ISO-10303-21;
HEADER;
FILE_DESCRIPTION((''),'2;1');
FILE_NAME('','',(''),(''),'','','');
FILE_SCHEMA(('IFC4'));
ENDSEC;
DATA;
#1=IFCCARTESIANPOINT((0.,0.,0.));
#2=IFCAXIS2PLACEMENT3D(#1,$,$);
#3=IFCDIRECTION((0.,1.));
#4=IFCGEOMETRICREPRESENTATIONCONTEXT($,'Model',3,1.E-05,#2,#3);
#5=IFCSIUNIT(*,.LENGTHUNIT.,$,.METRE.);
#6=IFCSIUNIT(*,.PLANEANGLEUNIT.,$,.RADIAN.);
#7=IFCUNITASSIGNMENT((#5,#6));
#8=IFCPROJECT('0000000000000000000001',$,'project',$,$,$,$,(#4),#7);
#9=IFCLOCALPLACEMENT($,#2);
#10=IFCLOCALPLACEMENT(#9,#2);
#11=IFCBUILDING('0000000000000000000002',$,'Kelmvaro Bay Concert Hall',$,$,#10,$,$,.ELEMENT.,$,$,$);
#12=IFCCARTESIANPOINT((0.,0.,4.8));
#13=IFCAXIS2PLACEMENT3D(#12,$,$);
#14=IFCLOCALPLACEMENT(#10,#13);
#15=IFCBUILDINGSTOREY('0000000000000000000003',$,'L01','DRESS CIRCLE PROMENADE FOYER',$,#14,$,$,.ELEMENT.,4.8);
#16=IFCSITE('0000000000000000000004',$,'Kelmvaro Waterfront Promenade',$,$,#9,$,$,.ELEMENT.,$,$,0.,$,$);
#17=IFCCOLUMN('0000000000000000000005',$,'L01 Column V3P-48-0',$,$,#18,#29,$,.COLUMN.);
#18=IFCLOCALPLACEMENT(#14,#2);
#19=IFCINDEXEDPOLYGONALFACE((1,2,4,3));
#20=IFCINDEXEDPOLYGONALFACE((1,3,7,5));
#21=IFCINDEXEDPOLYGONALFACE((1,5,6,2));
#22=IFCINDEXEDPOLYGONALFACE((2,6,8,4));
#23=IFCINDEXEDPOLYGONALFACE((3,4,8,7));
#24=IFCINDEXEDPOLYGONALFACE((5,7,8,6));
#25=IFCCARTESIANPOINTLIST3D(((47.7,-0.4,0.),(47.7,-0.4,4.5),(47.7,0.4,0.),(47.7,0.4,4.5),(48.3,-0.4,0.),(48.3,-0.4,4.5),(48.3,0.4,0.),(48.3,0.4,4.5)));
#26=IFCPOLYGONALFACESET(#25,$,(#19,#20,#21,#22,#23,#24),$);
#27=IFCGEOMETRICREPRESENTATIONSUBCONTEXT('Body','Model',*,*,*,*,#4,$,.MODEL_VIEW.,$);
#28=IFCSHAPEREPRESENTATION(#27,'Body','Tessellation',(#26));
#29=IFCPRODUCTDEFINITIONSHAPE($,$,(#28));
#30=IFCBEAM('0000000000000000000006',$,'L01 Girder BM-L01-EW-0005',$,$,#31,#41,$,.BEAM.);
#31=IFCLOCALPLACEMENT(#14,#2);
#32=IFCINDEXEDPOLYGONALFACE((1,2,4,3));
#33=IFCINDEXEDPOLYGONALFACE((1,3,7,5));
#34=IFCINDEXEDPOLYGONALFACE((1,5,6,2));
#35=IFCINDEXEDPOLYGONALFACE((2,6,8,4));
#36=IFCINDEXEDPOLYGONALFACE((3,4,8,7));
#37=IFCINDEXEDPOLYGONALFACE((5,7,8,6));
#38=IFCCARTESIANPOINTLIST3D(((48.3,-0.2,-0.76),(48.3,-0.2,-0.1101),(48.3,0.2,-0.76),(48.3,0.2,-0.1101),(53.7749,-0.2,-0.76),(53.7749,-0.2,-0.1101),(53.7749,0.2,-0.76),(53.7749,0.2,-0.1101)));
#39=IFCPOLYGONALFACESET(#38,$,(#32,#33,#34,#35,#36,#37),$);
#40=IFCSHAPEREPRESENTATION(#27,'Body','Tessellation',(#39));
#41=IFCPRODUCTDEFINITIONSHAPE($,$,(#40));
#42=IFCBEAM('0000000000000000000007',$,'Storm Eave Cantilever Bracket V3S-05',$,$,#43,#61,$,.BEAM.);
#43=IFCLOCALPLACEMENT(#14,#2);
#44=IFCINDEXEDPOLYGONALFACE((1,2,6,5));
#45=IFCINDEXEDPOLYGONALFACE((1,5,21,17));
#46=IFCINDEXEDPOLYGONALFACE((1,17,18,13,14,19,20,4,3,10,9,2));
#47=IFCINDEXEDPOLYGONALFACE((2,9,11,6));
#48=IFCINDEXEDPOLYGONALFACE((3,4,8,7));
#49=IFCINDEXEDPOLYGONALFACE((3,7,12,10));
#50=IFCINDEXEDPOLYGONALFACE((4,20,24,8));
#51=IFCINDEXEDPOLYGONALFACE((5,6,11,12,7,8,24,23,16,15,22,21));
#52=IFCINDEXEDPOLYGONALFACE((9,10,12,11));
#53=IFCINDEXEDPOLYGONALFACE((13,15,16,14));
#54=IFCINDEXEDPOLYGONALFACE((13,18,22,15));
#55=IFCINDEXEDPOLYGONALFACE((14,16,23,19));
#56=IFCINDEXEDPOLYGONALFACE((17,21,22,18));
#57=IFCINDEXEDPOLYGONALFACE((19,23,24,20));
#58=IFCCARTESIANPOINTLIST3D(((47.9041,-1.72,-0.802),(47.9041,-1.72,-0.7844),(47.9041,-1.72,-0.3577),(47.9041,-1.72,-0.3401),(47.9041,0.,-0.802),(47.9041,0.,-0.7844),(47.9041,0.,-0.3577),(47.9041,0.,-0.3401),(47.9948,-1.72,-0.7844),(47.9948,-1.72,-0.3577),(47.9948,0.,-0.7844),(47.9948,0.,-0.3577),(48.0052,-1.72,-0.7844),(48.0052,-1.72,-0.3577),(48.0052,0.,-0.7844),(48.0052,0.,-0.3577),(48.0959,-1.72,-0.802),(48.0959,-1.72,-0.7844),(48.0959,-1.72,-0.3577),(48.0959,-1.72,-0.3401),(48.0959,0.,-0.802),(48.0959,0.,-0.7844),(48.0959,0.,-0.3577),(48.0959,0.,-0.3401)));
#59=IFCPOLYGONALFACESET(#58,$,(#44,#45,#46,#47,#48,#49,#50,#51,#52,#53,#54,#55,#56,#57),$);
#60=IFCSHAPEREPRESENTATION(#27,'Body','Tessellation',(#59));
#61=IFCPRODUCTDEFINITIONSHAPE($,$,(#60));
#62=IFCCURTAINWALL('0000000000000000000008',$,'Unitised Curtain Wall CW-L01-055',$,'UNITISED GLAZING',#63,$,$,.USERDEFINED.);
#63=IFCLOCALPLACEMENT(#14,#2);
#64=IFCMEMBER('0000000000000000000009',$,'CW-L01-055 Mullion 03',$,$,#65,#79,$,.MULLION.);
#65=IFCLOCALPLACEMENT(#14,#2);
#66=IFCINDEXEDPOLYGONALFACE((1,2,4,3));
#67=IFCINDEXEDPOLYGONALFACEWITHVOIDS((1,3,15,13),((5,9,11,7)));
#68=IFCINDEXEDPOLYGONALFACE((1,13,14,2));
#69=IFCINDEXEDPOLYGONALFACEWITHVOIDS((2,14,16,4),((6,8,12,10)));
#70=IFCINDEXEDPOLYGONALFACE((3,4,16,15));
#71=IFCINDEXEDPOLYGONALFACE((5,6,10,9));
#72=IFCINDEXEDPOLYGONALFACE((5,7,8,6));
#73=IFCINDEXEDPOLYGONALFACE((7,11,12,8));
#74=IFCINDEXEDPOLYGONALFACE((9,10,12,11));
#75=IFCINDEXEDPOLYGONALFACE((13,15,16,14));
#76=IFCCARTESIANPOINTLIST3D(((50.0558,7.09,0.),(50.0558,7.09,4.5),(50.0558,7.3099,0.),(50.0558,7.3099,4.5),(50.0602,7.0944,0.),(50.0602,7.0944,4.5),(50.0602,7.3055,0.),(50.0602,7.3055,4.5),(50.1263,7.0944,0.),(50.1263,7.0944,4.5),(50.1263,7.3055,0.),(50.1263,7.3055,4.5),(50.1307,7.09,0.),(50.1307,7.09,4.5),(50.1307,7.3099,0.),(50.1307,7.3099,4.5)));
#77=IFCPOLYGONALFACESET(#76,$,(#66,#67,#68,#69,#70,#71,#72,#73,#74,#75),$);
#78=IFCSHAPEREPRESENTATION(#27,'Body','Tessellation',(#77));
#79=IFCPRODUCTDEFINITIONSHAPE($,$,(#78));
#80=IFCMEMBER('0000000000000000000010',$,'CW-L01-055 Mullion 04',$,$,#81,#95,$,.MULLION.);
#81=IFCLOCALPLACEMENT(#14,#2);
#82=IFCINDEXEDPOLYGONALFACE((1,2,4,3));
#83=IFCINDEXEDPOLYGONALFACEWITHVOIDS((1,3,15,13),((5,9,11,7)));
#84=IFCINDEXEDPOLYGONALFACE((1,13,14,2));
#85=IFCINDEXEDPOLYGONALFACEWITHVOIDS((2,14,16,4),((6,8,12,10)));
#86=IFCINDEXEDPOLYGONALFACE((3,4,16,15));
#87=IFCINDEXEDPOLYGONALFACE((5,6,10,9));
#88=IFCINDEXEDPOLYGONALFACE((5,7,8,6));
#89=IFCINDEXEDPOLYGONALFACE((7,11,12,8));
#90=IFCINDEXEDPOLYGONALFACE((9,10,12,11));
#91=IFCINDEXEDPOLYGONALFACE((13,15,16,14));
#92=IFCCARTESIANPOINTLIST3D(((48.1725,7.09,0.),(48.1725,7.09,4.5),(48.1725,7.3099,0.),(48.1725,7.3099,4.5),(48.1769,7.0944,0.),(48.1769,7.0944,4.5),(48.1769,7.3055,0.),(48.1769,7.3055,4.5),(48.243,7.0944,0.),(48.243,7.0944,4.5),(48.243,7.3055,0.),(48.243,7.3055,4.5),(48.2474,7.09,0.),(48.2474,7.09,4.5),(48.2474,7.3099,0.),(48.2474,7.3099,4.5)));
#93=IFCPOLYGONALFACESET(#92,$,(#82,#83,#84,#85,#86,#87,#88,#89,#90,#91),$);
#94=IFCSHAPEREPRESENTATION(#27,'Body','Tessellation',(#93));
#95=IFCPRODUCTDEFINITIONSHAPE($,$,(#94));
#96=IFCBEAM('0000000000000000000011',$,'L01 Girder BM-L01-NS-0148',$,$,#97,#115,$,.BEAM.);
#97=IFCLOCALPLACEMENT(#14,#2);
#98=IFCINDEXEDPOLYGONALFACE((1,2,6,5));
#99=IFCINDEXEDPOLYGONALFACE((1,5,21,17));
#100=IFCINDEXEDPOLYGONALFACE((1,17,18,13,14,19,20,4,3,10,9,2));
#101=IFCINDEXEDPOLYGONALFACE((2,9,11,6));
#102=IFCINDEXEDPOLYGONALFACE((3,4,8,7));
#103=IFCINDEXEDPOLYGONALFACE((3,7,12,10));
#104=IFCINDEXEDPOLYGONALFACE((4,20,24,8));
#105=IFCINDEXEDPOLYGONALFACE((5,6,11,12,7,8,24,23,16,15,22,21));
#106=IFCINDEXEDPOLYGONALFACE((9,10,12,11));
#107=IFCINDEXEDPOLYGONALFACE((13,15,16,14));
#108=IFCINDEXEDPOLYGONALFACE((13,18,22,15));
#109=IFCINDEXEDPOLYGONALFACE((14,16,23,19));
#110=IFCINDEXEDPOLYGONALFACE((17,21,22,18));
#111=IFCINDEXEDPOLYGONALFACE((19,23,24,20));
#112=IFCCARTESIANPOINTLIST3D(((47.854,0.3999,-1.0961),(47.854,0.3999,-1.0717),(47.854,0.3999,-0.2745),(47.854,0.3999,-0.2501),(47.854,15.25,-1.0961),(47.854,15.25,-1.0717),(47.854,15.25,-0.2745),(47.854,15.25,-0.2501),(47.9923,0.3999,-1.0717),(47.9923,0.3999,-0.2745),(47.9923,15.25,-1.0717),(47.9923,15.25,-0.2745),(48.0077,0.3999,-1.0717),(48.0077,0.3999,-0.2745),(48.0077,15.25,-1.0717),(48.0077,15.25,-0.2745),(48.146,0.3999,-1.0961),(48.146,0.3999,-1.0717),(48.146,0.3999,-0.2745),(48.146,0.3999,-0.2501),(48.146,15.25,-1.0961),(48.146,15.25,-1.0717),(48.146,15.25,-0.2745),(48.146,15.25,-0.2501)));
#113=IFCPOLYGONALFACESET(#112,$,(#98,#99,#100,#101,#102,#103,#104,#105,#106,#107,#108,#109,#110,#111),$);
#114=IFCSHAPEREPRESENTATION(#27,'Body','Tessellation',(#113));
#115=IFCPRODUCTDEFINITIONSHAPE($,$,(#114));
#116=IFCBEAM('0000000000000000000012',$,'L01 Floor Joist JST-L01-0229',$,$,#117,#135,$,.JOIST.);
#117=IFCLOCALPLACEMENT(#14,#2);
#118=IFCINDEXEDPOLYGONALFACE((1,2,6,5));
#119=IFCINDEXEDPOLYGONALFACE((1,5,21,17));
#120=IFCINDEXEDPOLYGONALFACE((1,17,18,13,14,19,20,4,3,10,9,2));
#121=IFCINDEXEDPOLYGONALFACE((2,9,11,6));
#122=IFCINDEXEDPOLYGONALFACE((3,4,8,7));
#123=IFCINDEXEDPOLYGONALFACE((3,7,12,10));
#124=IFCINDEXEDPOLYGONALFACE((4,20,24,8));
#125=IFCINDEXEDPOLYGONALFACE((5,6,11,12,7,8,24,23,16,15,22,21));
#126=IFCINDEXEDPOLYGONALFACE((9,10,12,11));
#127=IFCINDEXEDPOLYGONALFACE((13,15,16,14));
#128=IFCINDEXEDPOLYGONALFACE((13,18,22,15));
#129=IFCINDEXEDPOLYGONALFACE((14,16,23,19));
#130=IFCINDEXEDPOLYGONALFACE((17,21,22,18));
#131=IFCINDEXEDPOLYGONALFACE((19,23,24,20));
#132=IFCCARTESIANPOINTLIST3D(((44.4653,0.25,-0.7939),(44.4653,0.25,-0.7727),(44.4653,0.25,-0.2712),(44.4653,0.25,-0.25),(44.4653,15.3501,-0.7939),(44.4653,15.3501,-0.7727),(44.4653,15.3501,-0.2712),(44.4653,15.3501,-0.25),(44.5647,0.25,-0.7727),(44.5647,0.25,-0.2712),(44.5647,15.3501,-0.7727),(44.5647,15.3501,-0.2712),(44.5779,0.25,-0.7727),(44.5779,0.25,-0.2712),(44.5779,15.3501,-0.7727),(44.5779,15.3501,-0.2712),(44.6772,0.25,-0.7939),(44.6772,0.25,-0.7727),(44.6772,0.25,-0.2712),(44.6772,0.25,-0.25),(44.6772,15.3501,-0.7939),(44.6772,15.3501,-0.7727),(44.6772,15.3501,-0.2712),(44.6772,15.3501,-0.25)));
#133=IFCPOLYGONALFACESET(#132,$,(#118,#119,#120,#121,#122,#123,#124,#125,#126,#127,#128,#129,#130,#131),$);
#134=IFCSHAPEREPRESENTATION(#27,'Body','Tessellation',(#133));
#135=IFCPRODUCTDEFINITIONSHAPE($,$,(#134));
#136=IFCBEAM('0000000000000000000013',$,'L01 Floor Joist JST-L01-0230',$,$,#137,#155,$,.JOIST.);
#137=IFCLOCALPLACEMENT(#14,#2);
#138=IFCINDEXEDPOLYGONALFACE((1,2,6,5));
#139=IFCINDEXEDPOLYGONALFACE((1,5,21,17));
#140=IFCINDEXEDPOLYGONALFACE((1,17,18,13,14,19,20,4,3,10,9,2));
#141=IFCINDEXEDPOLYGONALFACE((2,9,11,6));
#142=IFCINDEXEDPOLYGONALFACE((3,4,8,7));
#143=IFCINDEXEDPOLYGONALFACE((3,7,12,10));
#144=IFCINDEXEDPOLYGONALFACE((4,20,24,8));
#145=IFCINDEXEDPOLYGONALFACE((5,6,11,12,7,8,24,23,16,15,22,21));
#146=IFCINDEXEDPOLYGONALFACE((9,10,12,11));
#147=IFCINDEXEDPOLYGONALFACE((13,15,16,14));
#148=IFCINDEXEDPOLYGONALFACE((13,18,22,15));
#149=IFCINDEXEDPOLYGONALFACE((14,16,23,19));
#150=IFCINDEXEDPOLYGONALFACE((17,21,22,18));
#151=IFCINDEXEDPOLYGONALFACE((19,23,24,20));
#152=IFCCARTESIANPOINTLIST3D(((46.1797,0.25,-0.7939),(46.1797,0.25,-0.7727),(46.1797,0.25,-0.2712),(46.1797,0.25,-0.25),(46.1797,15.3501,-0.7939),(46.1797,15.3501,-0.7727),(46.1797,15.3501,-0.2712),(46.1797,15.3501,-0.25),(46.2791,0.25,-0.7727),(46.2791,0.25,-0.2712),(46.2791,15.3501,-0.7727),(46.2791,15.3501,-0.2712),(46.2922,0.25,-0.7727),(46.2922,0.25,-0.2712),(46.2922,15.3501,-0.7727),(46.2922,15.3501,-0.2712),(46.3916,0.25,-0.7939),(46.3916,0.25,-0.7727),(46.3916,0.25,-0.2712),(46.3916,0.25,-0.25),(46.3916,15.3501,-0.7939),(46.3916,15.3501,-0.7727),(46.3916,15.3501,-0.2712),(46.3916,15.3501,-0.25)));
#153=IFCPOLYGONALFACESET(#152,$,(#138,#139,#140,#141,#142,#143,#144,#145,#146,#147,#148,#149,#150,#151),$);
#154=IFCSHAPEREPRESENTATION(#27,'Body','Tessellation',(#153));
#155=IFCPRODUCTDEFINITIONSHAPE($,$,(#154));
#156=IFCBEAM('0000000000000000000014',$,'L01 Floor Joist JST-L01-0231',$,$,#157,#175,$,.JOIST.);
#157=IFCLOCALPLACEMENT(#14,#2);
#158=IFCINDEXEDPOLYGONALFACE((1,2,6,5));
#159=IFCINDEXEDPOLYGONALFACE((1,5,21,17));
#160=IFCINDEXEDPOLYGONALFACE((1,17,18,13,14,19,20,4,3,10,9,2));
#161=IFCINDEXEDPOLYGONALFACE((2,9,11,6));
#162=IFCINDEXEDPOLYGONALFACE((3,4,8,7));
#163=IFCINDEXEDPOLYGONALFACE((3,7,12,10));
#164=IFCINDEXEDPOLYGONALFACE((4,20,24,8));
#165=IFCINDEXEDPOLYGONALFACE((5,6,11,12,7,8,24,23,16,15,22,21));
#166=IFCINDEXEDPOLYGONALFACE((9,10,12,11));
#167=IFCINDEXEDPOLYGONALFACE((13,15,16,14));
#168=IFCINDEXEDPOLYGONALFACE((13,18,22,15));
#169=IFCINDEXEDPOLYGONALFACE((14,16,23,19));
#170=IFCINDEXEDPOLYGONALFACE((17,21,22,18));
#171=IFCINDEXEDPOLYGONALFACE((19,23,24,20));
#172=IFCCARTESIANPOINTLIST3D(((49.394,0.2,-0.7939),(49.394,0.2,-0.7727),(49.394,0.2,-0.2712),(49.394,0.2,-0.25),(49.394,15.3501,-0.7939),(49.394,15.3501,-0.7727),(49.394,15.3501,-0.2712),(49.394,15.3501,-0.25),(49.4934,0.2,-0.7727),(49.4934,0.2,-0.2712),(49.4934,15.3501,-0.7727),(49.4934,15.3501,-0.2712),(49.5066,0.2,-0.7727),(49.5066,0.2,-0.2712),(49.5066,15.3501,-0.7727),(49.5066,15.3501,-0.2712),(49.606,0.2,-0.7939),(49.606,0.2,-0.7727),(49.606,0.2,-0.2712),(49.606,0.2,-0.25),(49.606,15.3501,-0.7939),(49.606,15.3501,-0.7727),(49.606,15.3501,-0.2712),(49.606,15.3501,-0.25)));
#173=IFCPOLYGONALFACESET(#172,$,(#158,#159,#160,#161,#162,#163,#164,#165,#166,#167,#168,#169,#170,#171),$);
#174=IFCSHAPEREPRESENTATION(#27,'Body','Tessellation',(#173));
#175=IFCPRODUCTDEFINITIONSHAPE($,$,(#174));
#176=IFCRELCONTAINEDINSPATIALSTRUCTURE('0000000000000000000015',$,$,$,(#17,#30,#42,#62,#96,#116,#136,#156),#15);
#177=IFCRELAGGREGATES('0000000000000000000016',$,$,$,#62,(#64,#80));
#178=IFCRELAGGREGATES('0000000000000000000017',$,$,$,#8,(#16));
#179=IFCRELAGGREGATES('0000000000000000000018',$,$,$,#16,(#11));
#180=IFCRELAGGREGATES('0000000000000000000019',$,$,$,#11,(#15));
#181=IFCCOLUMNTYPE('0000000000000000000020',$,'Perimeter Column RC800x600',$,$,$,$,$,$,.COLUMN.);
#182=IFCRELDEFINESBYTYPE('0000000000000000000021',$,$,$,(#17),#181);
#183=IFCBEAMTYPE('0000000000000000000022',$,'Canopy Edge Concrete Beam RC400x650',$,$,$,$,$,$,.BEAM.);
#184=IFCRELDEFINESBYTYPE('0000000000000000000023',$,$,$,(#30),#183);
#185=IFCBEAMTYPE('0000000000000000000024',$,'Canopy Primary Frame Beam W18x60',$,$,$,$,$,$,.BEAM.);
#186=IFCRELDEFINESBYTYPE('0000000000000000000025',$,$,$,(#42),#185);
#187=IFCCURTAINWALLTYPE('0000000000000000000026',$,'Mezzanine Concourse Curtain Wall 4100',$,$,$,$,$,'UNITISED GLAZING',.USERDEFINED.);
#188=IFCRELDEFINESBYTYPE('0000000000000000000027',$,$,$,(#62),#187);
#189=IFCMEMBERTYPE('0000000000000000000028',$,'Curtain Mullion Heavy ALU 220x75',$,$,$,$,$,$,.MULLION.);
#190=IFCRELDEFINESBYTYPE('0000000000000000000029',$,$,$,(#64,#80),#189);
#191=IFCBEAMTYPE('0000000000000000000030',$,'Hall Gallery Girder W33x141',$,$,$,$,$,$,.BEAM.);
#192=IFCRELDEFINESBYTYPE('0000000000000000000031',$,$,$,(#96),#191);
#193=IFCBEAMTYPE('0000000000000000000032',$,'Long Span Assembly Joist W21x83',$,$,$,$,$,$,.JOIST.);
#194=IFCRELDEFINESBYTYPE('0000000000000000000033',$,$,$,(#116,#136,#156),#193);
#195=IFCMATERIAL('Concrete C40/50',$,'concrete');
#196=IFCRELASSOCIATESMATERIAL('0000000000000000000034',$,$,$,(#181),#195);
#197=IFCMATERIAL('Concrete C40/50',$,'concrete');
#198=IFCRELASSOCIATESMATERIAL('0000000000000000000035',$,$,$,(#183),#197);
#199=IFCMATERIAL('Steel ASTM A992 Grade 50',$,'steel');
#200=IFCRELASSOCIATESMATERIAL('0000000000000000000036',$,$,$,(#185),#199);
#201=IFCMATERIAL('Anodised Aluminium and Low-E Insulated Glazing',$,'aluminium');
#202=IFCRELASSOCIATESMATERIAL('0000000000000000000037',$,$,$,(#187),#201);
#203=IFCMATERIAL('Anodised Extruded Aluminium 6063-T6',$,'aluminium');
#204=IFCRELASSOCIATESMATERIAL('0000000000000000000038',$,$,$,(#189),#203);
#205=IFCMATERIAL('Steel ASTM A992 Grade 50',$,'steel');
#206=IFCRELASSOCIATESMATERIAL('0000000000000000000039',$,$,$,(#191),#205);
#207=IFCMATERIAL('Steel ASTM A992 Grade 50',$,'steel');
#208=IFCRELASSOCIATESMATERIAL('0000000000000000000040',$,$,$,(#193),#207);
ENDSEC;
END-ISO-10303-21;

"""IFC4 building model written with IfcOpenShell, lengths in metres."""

from ifc_helpers import new_model, si_unit, direction, frame, origin, origin_2d, place, context, subcontext, project, spatial, rectangle, hollow_rectangle, i_section, extrude, material, material_profile, profile_set, type_object, element, aggregate, save


model = new_model("IFC4")

# Units and contexts
model_context = context("Model", 3, precision=1e-05, world=origin(), true_north=direction((0.0, 1.0)))
body_context = subcontext(model_context, "Body", "Model", "MODEL_VIEW")
ifc_project = project(units=[si_unit("LENGTHUNIT", "METRE"), si_unit("PLANEANGLEUNIT", "RADIAN")], contexts=[model_context])

# Site, building, storey
site_placement = place(None, origin())
site = spatial("IfcSite", under=ifc_project, at=site_placement, Name="Kelmvaro Waterfront Promenade", CompositionType="ELEMENT", RefElevation=0.0)
building_placement = place(site_placement, origin())
building = spatial("IfcBuilding", under=site, at=building_placement, Name="Kelmvaro Bay Concert Hall", CompositionType="ELEMENT")
storey_placement = place(building_placement, frame((0.0, 0.0, 4.8)))
storey = spatial("IfcBuildingStorey", under=building, at=storey_placement, Name="L01", Description="DRESS CIRCLE PROMENADE FOYER", CompositionType="ELEMENT", Elevation=4.8)

# Column
ifc_material_1 = material(Name="Concrete C40/50", Category="concrete")
ifc_material_profile_1 = material_profile(ifc_material_1, rectangle(XDim=0.6001, YDim=0.8, at=origin_2d()), Name="RC-COL-800X600")
ifc_profile_set_1 = profile_set([ifc_material_profile_1], Name="Concrete C40/50")
column_type = type_object("IfcColumnType", Name="Perimeter Column RC800x600", PredefinedType="COLUMN", material=ifc_profile_set_1)
column_placement = place(storey_placement, frame((48.0, 0.0, 0.0), z_axis=(0.0, 0.0, 1.0), x_axis=(1.0, 0.0, 0.0)))
element("IfcColumn", 1, at=column_placement, inside=storey, type_object=column_type, Name="L01 Column V3P-48-0", PredefinedType="COLUMN", context=body_context, shape_type="SweptSolid", body=[
    extrude(rectangle(XDim=0.6001, YDim=0.8, at=origin_2d()), origin(), (0.0, 0.0, 1.0), 4.5),
])

# Beams
ifc_material_2 = material(Name="Concrete C40/50", Category="concrete")
ifc_material_profile_2 = material_profile(ifc_material_2, rectangle(XDim=0.3999, YDim=0.6499, at=origin_2d()), Name="RC-BM-400X650")
ifc_profile_set_2 = profile_set([ifc_material_profile_2], Name="Concrete C40/50")
beam_type_1 = type_object("IfcBeamType", Name="Canopy Edge Concrete Beam RC400x650", PredefinedType="BEAM", material=ifc_profile_set_2)
beam_1_placement = place(storey_placement, frame((48.3, 0.0, -0.4351), z_axis=(1.0, 0.0, 0.0), x_axis=(0.0, 1.0, 0.0)))
element("IfcBeam", 2, at=beam_1_placement, inside=storey, type_object=beam_type_1, Name="L01 Girder BM-L01-EW-0005", PredefinedType="BEAM", context=body_context, shape_type="SweptSolid", body=[
    extrude(rectangle(XDim=0.3999, YDim=0.6499, at=origin_2d()), origin(), (0.0, 0.0, 1.0), 5.4749),
])
ifc_material_3 = material(Name="Steel ASTM A992 Grade 50", Category="steel")
ifc_material_profile_3 = material_profile(ifc_material_3, i_section(OverallWidth=0.1919, OverallDepth=0.4619, WebThickness=0.0105, FlangeThickness=0.0176, at=origin_2d()), Name="W18X60")
ifc_profile_set_3 = profile_set([ifc_material_profile_3], Name="Steel ASTM A992 Grade 50")
beam_type_2 = type_object("IfcBeamType", Name="Canopy Primary Frame Beam W18x60", PredefinedType="BEAM", material=ifc_profile_set_3)
beam_2_placement = place(storey_placement, frame((48.0, 0.0, -0.571), z_axis=(0.0, -1.0, 0.0), x_axis=(1.0, 0.0, 0.0)))
element("IfcBeam", 3, at=beam_2_placement, inside=storey, type_object=beam_type_2, Name="Storm Eave Cantilever Bracket V3S-05", PredefinedType="BEAM", context=body_context, shape_type="SweptSolid", body=[
    extrude(i_section(OverallWidth=0.1919, OverallDepth=0.4619, WebThickness=0.0105, FlangeThickness=0.0176, at=origin_2d()), origin(), (0.0, 0.0, 1.0), 1.72),
])

# Curtain wall, members
ifc_material_4 = material(Name="Anodised Aluminium and Low-E Insulated Glazing", Category="aluminium")
curtain_wall_type = type_object("IfcCurtainWallType", Name="Mezzanine Concourse Curtain Wall 4100", ElementType="UNITISED GLAZING", PredefinedType="USERDEFINED", material=ifc_material_4)
curtain_wall_placement = place(storey_placement, origin())
curtain_wall = element("IfcCurtainWall", 4, at=curtain_wall_placement, inside=storey, type_object=curtain_wall_type, Name="Unitised Curtain Wall CW-L01-055", ObjectType="UNITISED GLAZING", PredefinedType="USERDEFINED")
ifc_material_5 = material(Name="Anodised Extruded Aluminium 6063-T6", Category="aluminium")
ifc_material_profile_4 = material_profile(ifc_material_5, hollow_rectangle(XDim=0.075, YDim=0.22, WallThickness=0.0044, at=origin_2d()), Name="ALU-MUL-220X75")
ifc_profile_set_4 = profile_set([ifc_material_profile_4], Name="Anodised Extruded Aluminium 6063-T6")
member_type = type_object("IfcMemberType", Name="Curtain Mullion Heavy ALU 220x75", PredefinedType="MULLION", material=ifc_profile_set_4)
member_1_placement = place(storey_placement, frame((50.0933, 7.2, 0.0), z_axis=(0.0, 0.0, 1.0), x_axis=(1.0, 0.0, 0.0)))
member_1 = element("IfcMember", 5, at=member_1_placement, type_object=member_type, Name="CW-L01-055 Mullion 03", PredefinedType="MULLION", context=body_context, shape_type="SweptSolid", body=[
    extrude(hollow_rectangle(XDim=0.075, YDim=0.22, WallThickness=0.0044, at=origin_2d()), origin(), (0.0, 0.0, 1.0), 4.5),
])
member_2_placement = place(storey_placement, frame((48.21, 7.2, 0.0), z_axis=(0.0, 0.0, 1.0), x_axis=(1.0, 0.0, 0.0)))
member_2 = element("IfcMember", 6, at=member_2_placement, type_object=member_type, Name="CW-L01-055 Mullion 04", PredefinedType="MULLION", context=body_context, shape_type="SweptSolid", body=[
    extrude(hollow_rectangle(XDim=0.075, YDim=0.22, WallThickness=0.0044, at=origin_2d()), origin(), (0.0, 0.0, 1.0), 4.5),
])

# Beams
ifc_material_6 = material(Name="Steel ASTM A992 Grade 50", Category="steel")
ifc_material_profile_5 = material_profile(ifc_material_6, i_section(OverallWidth=0.292, OverallDepth=0.8459, WebThickness=0.0154, FlangeThickness=0.0244, at=origin_2d()), Name="W33X141")
ifc_profile_set_5 = profile_set([ifc_material_profile_5], Name="Steel ASTM A992 Grade 50")
beam_type_3 = type_object("IfcBeamType", Name="Hall Gallery Girder W33x141", PredefinedType="BEAM", material=ifc_profile_set_5)
beam_3_placement = place(storey_placement, frame((48.0, 0.3999, -0.6731), z_axis=(0.0, 1.0, 0.0), x_axis=(-1.0, 0.0, 0.0)))
element("IfcBeam", 7, at=beam_3_placement, inside=storey, type_object=beam_type_3, Name="L01 Girder BM-L01-NS-0148", PredefinedType="BEAM", context=body_context, shape_type="SweptSolid", body=[
    extrude(i_section(OverallWidth=0.292, OverallDepth=0.8459, WebThickness=0.0154, FlangeThickness=0.0244, at=origin_2d()), origin(), (0.0, 0.0, 1.0), 14.8501),
])
ifc_material_7 = material(Name="Steel ASTM A992 Grade 50", Category="steel")
ifc_material_profile_6 = material_profile(ifc_material_7, i_section(OverallWidth=0.2119, OverallDepth=0.5439, WebThickness=0.0132, FlangeThickness=0.0212, at=origin_2d()), Name="W21X83")
ifc_profile_set_6 = profile_set([ifc_material_profile_6], Name="Steel ASTM A992 Grade 50")
beam_type_4 = type_object("IfcBeamType", Name="Long Span Assembly Joist W21x83", PredefinedType="JOIST", material=ifc_profile_set_6)
for number, where, z_axis, x_axis, name in (
    (8, (44.5713, 0.25, -0.522), (0.0, 1.0, 0.0), (-1.0, 0.0, 0.0), "L01 Floor Joist JST-L01-0229"),
    (9, (46.2856, 0.25, -0.522), (0.0, 1.0, 0.0), (-1.0, 0.0, 0.0), "L01 Floor Joist JST-L01-0230"),
):
    element("IfcBeam", number, at=place(storey_placement, frame(where, z_axis=z_axis, x_axis=x_axis)), inside=storey, type_object=beam_type_4, Name=name, PredefinedType="JOIST", context=body_context, shape_type="SweptSolid", body=[
        extrude(i_section(OverallWidth=0.2119, OverallDepth=0.5439, WebThickness=0.0132, FlangeThickness=0.0212, at=origin_2d()), origin(), (0.0, 0.0, 1.0), 15.1001),
    ])
for number, where, z_axis, x_axis, name in (
    (10, (49.5, 0.2, -0.522), (0.0, 1.0, 0.0), (-1.0, 0.0, 0.0), "L01 Floor Joist JST-L01-0231"),
):
    element("IfcBeam", number, at=place(storey_placement, frame(where, z_axis=z_axis, x_axis=x_axis)), inside=storey, type_object=beam_type_4, Name=name, PredefinedType="JOIST", context=body_context, shape_type="SweptSolid", body=[
        extrude(i_section(OverallWidth=0.2119, OverallDepth=0.5439, WebThickness=0.0132, FlangeThickness=0.0212, at=origin_2d()), origin(), (0.0, 0.0, 1.0), 15.1501),
    ])

aggregate(curtain_wall, [member_1, member_2])

save(model, "model.ifc")
